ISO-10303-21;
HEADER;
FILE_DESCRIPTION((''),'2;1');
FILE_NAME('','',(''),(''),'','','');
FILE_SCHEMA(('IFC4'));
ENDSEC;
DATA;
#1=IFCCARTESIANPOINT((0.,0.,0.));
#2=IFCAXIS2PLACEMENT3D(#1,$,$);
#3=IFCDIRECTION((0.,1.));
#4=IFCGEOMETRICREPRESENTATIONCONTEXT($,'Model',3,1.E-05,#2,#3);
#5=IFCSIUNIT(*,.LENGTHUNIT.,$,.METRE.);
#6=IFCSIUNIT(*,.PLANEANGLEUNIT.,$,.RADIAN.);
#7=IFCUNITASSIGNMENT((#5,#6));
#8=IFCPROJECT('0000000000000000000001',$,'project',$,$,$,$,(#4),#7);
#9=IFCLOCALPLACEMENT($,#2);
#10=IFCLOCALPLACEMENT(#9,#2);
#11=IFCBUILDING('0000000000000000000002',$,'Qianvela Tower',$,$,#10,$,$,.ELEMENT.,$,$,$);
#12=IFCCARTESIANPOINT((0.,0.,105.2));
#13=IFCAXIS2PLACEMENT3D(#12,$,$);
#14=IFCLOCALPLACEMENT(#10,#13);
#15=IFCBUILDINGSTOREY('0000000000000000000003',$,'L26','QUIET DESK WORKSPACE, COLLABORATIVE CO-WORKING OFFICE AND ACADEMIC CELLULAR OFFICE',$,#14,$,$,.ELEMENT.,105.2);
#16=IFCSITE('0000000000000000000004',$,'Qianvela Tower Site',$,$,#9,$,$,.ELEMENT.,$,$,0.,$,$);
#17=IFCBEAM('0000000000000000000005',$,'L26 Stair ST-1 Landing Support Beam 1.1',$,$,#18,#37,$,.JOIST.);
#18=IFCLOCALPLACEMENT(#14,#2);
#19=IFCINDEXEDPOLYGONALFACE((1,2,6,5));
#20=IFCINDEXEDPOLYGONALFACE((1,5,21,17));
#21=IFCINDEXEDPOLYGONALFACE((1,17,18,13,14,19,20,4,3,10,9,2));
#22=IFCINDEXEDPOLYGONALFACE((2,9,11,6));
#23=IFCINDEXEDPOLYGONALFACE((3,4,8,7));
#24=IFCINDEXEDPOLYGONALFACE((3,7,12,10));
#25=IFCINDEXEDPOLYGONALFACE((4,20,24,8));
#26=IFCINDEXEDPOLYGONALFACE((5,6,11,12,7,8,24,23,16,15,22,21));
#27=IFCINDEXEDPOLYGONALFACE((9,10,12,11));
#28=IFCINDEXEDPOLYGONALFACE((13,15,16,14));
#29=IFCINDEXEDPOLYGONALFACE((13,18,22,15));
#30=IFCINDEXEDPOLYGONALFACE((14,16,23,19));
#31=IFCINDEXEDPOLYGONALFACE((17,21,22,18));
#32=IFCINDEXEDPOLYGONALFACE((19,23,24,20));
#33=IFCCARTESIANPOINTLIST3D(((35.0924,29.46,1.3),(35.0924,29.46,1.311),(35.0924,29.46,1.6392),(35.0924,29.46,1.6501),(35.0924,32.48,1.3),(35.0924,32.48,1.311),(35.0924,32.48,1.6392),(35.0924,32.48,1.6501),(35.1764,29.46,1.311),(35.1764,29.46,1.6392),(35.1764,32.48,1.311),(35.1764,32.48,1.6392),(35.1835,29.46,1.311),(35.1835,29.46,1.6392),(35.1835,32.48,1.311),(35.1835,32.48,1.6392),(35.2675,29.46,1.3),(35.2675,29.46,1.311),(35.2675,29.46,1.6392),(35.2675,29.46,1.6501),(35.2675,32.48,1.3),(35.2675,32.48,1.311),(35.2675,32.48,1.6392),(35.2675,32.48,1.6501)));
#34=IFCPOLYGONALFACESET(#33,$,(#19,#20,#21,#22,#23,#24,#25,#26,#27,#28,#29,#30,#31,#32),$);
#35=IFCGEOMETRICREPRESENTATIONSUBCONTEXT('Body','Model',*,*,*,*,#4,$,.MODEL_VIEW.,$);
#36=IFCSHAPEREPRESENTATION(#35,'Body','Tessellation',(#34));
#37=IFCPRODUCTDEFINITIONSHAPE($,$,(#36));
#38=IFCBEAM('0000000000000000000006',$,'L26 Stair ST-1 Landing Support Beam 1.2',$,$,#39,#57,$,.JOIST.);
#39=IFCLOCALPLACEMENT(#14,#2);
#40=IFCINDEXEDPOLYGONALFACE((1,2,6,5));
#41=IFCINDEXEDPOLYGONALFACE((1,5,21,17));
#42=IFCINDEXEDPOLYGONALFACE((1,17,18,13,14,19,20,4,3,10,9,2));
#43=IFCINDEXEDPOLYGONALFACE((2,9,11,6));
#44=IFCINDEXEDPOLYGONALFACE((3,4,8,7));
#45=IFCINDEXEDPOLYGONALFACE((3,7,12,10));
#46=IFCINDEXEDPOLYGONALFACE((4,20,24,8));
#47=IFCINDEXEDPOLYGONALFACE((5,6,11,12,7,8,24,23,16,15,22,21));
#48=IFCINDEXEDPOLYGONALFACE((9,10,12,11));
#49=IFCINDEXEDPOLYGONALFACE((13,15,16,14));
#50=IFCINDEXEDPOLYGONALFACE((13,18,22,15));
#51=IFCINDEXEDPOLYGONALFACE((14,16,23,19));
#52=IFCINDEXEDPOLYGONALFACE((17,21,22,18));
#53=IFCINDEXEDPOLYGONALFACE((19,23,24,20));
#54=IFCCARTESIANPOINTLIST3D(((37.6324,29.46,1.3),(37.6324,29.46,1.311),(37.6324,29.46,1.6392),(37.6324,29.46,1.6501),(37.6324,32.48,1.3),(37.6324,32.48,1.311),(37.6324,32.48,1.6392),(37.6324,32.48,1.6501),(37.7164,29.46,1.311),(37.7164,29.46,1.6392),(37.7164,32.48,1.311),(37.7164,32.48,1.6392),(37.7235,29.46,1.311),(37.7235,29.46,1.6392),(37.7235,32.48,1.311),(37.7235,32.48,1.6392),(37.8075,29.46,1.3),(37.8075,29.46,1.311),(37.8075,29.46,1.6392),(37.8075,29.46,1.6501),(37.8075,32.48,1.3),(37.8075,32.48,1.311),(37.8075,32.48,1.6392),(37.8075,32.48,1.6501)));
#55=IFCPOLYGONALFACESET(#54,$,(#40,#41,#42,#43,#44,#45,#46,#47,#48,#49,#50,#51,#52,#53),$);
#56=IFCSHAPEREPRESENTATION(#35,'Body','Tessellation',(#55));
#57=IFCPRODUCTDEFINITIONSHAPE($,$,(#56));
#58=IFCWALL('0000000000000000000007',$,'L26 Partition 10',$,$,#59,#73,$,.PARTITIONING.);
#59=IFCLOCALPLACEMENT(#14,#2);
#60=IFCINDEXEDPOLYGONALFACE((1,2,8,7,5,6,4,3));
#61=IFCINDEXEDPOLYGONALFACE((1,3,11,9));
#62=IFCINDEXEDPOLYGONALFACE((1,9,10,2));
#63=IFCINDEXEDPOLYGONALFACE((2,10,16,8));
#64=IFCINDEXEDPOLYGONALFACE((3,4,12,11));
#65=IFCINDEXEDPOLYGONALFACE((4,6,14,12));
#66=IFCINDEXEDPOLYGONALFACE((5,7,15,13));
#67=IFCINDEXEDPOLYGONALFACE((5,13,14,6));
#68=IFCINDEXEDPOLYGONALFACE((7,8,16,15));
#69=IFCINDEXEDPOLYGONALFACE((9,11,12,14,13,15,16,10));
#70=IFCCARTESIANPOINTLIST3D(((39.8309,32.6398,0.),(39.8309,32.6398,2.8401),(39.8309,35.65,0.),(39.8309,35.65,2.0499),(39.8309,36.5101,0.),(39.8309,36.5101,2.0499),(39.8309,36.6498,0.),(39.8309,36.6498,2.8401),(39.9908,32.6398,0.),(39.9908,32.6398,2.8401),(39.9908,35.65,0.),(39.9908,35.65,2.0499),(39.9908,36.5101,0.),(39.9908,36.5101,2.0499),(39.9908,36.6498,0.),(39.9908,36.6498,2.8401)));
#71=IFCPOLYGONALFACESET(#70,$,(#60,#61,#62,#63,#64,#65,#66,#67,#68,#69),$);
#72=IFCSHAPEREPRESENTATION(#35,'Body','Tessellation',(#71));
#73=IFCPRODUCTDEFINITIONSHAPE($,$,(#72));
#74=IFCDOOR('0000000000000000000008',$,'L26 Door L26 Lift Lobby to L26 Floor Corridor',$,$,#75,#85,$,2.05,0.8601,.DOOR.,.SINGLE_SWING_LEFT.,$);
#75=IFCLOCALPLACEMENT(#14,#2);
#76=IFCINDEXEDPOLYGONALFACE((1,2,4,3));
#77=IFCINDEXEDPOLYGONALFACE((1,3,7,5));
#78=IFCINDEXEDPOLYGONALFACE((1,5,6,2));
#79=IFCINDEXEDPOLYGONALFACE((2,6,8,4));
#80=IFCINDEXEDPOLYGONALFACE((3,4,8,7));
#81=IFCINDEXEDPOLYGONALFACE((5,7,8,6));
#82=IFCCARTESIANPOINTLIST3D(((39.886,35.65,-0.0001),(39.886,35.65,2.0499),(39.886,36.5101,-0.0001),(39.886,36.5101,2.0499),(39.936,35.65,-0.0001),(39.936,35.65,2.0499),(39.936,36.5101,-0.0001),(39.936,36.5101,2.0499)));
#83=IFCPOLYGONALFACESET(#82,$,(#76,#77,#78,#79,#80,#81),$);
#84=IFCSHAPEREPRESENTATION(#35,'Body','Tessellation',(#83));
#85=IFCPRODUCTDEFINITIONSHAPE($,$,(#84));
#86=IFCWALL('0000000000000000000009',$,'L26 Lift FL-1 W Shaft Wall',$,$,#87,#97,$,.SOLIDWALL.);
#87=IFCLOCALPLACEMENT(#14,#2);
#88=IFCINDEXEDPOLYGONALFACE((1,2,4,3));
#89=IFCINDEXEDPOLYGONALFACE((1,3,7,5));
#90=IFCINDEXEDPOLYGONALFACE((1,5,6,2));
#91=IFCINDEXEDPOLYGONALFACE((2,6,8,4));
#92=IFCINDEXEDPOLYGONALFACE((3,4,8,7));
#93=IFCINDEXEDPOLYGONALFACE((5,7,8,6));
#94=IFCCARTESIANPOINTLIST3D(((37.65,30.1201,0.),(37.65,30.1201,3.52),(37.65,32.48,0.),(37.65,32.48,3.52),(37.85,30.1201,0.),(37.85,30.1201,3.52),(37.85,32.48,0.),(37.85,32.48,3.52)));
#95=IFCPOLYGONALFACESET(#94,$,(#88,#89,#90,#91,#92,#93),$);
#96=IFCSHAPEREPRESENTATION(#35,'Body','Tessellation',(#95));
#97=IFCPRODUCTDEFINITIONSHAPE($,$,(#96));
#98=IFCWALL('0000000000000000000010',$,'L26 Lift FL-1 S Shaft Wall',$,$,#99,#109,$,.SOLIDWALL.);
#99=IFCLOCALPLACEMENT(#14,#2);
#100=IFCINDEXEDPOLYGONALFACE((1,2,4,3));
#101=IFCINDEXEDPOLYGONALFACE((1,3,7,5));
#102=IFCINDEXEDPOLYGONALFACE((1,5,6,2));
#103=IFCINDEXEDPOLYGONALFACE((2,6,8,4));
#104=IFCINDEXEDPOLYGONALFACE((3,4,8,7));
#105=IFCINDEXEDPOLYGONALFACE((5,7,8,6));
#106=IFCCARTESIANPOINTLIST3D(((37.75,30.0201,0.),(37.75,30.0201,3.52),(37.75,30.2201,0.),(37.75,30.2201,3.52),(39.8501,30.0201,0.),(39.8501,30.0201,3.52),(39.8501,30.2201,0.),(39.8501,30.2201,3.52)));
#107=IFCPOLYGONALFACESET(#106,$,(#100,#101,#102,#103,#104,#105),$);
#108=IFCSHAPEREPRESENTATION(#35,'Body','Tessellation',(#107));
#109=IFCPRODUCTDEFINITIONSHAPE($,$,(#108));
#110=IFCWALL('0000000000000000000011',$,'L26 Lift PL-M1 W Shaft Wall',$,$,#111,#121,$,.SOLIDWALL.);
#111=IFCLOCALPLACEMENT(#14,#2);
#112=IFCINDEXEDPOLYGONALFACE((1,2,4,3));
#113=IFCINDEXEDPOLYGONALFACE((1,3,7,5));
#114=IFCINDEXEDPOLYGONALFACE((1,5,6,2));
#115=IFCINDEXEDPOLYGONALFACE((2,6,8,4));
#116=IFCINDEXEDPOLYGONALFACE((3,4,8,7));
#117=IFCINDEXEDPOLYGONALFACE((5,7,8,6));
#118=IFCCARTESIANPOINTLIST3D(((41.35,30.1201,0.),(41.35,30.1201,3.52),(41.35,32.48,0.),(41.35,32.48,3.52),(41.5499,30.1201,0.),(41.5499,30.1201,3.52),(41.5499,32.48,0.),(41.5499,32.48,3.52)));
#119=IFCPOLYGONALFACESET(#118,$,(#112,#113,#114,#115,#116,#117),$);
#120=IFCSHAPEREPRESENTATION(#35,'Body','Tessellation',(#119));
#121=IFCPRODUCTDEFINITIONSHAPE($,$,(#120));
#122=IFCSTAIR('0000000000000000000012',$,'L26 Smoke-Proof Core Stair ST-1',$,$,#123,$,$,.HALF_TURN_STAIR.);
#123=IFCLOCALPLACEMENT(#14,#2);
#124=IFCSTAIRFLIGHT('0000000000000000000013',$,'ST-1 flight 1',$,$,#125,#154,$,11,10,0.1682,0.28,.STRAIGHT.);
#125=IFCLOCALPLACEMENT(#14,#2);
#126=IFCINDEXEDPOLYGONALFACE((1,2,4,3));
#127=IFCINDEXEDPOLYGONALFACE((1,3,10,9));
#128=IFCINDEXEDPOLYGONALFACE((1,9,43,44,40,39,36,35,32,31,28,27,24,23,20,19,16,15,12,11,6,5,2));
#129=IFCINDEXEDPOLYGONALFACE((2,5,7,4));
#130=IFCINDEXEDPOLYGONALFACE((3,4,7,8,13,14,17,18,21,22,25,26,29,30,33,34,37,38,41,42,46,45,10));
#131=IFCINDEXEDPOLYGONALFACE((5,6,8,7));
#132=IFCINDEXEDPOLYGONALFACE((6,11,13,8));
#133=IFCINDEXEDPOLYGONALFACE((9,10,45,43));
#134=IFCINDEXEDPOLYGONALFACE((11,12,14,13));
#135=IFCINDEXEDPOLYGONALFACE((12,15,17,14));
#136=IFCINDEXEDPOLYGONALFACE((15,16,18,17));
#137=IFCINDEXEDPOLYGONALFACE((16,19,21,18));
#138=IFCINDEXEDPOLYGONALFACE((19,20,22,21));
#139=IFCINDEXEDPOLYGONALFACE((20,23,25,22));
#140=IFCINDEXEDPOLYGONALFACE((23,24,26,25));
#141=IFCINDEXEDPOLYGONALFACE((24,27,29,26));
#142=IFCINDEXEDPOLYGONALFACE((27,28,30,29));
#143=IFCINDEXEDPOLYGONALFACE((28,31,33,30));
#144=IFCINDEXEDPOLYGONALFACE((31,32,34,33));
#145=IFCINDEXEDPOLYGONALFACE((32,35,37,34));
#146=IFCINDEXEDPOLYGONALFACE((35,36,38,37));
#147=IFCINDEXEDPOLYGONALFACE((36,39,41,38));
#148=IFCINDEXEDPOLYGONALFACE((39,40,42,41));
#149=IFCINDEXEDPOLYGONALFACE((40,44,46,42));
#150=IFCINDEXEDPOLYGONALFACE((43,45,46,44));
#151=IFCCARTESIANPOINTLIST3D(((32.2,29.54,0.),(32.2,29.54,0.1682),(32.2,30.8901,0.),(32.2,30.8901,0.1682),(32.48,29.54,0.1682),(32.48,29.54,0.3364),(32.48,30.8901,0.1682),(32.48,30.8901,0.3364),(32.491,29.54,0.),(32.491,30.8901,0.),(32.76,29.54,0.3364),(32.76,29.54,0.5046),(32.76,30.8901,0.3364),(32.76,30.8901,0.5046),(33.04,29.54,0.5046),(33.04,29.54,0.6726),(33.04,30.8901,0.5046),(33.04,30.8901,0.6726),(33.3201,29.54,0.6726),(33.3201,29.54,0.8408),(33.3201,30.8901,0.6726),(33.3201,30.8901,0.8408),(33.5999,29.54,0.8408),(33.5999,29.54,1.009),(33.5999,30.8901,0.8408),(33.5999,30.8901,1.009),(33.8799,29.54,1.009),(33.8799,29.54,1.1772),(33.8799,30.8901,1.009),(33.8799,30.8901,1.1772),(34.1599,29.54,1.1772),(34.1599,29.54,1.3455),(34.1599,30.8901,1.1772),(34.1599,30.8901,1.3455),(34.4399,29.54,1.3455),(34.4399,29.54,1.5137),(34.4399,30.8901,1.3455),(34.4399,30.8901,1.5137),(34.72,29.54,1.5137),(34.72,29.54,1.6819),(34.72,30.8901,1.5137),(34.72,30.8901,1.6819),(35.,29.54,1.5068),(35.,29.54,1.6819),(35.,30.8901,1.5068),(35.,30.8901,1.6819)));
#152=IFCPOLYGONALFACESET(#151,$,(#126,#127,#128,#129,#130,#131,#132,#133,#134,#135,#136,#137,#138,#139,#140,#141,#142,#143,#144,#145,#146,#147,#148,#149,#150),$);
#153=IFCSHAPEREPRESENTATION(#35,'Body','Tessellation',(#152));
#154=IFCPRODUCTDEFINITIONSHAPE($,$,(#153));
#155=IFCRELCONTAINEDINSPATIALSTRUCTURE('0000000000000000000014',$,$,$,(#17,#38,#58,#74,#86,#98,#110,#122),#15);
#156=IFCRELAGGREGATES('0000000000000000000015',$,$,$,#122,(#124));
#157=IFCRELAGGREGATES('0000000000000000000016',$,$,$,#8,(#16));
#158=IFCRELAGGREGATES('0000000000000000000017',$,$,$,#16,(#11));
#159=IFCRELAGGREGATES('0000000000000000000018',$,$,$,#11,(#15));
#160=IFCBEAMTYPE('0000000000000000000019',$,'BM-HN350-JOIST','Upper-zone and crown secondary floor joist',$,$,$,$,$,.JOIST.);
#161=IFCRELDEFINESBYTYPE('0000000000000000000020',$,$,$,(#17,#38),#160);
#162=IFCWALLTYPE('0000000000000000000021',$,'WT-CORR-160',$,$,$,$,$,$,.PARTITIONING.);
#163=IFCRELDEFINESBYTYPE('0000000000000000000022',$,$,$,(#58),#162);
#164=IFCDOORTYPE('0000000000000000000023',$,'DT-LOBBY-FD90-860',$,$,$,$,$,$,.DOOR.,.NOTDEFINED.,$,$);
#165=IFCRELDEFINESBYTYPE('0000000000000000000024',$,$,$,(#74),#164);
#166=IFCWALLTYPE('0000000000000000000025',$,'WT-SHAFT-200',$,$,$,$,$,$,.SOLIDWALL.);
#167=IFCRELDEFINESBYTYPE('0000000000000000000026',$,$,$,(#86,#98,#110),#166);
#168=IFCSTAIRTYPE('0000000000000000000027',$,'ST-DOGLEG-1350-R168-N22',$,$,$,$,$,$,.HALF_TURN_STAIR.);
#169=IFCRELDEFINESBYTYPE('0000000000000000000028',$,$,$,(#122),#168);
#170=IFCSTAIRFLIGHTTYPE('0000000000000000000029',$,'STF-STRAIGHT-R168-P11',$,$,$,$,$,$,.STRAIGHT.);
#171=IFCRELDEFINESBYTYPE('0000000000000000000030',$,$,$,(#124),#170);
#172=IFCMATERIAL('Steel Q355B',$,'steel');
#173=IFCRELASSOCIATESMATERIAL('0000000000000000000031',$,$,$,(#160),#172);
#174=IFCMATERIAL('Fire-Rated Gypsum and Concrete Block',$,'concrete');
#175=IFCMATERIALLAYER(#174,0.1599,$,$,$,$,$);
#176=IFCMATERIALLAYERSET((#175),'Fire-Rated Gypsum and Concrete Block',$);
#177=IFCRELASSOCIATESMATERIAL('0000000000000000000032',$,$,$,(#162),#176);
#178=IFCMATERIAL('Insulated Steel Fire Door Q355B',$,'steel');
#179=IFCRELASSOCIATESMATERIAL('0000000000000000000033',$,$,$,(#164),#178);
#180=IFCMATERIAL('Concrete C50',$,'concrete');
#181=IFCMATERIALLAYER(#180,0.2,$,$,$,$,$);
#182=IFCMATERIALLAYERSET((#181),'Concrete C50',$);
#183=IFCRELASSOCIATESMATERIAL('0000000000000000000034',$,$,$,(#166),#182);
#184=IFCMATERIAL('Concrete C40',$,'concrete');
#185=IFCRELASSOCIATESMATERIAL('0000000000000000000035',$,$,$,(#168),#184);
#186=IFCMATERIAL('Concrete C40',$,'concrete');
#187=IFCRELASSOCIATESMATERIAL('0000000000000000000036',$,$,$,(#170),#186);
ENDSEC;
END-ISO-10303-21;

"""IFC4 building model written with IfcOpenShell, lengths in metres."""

from ifc_helpers import new_model, si_unit, direction, frame, frame_2d, origin, origin_2d, place, context, subcontext, project, spatial, polyline, rectangle, i_section, outline, extrude, material, layer, layer_set, material_profile, profile_set, type_object, element, fill, aggregate, save


model = new_model("IFC4")

# Units and contexts
model_context = context("Model", 3, precision=1e-05, world=origin(), true_north=direction((0.0, 1.0)))
body_context = subcontext(model_context, "Body", "Model", "MODEL_VIEW")
ifc_project = project(units=[si_unit("LENGTHUNIT", "METRE"), si_unit("PLANEANGLEUNIT", "RADIAN")], contexts=[model_context])

# Site, building, storey
site_placement = place(None, origin())
site = spatial("IfcSite", under=ifc_project, at=site_placement, Name="Qianvela Tower Site", CompositionType="ELEMENT", RefElevation=0.0)
building_placement = place(site_placement, origin())
building = spatial("IfcBuilding", under=site, at=building_placement, Name="Qianvela Tower", CompositionType="ELEMENT")
storey_placement = place(building_placement, frame((0.0, 0.0, 105.2)))
storey = spatial("IfcBuildingStorey", under=building, at=storey_placement, Name="L26", Description="QUIET DESK WORKSPACE, COLLABORATIVE CO-WORKING OFFICE AND ACADEMIC CELLULAR OFFICE", CompositionType="ELEMENT", Elevation=105.2)

# Beams
ifc_material_1 = material(Name="Steel Q355B", Category="steel")
ifc_material_profile = material_profile(ifc_material_1, i_section(OverallWidth=0.175, OverallDepth=0.3501, WebThickness=0.0071, FlangeThickness=0.011, at=origin_2d()), Name="HN350x175x7x11")
ifc_profile_set = profile_set([ifc_material_profile], Name="Steel Q355B")
beam_type = type_object("IfcBeamType", Name="BM-HN350-JOIST", Description="Upper-zone and crown secondary floor joist", PredefinedType="JOIST", material=ifc_profile_set)
for number, where, z_axis, x_axis, name in (
    (1, (35.1799, 29.46, 1.4751), (0.0, 1.0, 0.0), (-1.0, 0.0, 0.0), "L26 Stair ST-1 Landing Support Beam 1.1"),
    (2, (37.72, 29.46, 1.4751), (0.0, 1.0, 0.0), (-1.0, 0.0, 0.0), "L26 Stair ST-1 Landing Support Beam 1.2"),
):
    element("IfcBeam", number, at=place(storey_placement, frame(where, z_axis=z_axis, x_axis=x_axis)), inside=storey, type_object=beam_type, Name=name, PredefinedType="JOIST", context=body_context, shape_type="SweptSolid", body=[
        extrude(i_section(OverallWidth=0.175, OverallDepth=0.3501, WebThickness=0.0071, FlangeThickness=0.011, at=origin_2d()), origin(), (0.0, 0.0, 1.0), 3.02),
    ])

# Wall, opening, door
ifc_material_2 = material(Name="Fire-Rated Gypsum and Concrete Block", Category="concrete")
ifc_layer_1 = layer(ifc_material_2, 0.1599)
ifc_layer_set_1 = layer_set([ifc_layer_1], Name="Fire-Rated Gypsum and Concrete Block")
wall_type_1 = type_object("IfcWallType", Name="WT-CORR-160", PredefinedType="PARTITIONING", material=ifc_layer_set_1)
wall_1_placement = place(storey_placement, frame((39.9109, 32.6399, 0.0), z_axis=(0.0, 0.0, 1.0), x_axis=(0.0, 1.0, 0.0)))
wall_1 = element("IfcWall", 3, at=wall_1_placement, inside=storey, type_object=wall_type_1, Name="L26 Partition 10", PredefinedType="PARTITIONING", context=body_context, shape_type="SweptSolid", body=[
    extrude(rectangle(XDim=4.01, YDim=0.1599, at=frame_2d((2.0049, 0.0))), origin(), (0.0, 0.0, 1.0), 2.8401),
])
opening_1_placement = place(wall_1_placement, frame((3.01, 0.0, 0.0)))
opening_1 = element("IfcOpeningElement", 4, at=opening_1_placement, cuts=wall_1, PredefinedType="OPENING", context=body_context, shape_type="SweptSolid", body=[
    extrude(rectangle(XDim=0.8601, YDim=2.05, at=frame_2d((0.4302, 1.0249))), frame((0.0, 0.0898, 0.0), z_axis=(0.0, -1.0, 0.0), x_axis=(1.0, 0.0, 0.0)), (0.0, 0.0, 1.0), 0.1799),
])
ifc_material_3 = material(Name="Insulated Steel Fire Door Q355B", Category="steel")
door_type_1 = type_object("IfcDoorType", Name="DT-LOBBY-FD90-860", OperationType="NOTDEFINED", PredefinedType="DOOR", material=ifc_material_3)
door_1_placement = place(opening_1_placement, origin())
door_1 = element("IfcDoor", 5, at=door_1_placement, inside=storey, type_object=door_type_1, Name="L26 Door L26 Lift Lobby to L26 Floor Corridor", OperationType="SINGLE_SWING_LEFT", OverallHeight=2.05, OverallWidth=0.8601, PredefinedType="DOOR", context=body_context, shape_type="SweptSolid", body=[
    extrude(rectangle(XDim=0.8601, YDim=2.05, at=frame_2d((0.4302, 1.0249))), frame((0.0, 0.0249, 0.0), z_axis=(0.0, -1.0, 0.0), x_axis=(1.0, 0.0, 0.0)), (0.0, 0.0, 1.0), 0.05),
])
fill(opening_1, door_1)
ifc_material_4 = material(Name="Concrete C50", Category="concrete")
ifc_layer_2 = layer(ifc_material_4, 0.2)
ifc_layer_set_2 = layer_set([ifc_layer_2], Name="Concrete C50")
wall_type_2 = type_object("IfcWallType", Name="WT-SHAFT-200", PredefinedType="SOLIDWALL", material=ifc_layer_set_2)

# Walls
wall_2_placement = place(storey_placement, frame((37.75, 30.1201, 0.0), z_axis=(0.0, 0.0, 1.0), x_axis=(0.0, 1.0, 0.0)))
element("IfcWall", 6, at=wall_2_placement, inside=storey, type_object=wall_type_2, Name="L26 Lift FL-1 W Shaft Wall", PredefinedType="SOLIDWALL", context=body_context, shape_type="SweptSolid", body=[
    extrude(rectangle(XDim=2.3599, YDim=0.2, at=frame_2d((1.1799, 0.0))), origin(), (0.0, 0.0, 1.0), 3.52),
])
wall_3_placement = place(storey_placement, frame((37.75, 30.1201, 0.0), z_axis=(0.0, 0.0, 1.0), x_axis=(1.0, 0.0, 0.0)))
element("IfcWall", 7, at=wall_3_placement, inside=storey, type_object=wall_type_2, Name="L26 Lift FL-1 S Shaft Wall", PredefinedType="SOLIDWALL", context=body_context, shape_type="SweptSolid", body=[
    extrude(rectangle(XDim=2.1001, YDim=0.2, at=frame_2d((1.05, 0.0))), origin(), (0.0, 0.0, 1.0), 3.52),
])
wall_4_placement = place(storey_placement, frame((41.45, 30.1201, 0.0), z_axis=(0.0, 0.0, 1.0), x_axis=(0.0, 1.0, 0.0)))
element("IfcWall", 8, at=wall_4_placement, inside=storey, type_object=wall_type_2, Name="L26 Lift PL-M1 W Shaft Wall", PredefinedType="SOLIDWALL", context=body_context, shape_type="SweptSolid", body=[
    extrude(rectangle(XDim=2.3599, YDim=0.2, at=frame_2d((1.1799, 0.0))), origin(), (0.0, 0.0, 1.0), 3.52),
])

# Stair, stair flight
ifc_material_5 = material(Name="Concrete C40", Category="concrete")
stair_type = type_object("IfcStairType", Name="ST-DOGLEG-1350-R168-N22", PredefinedType="HALF_TURN_STAIR", material=ifc_material_5)
stair_placement = place(storey_placement, origin())
stair = element("IfcStair", 9, at=stair_placement, inside=storey, type_object=stair_type, Name="L26 Smoke-Proof Core Stair ST-1", PredefinedType="HALF_TURN_STAIR")
ifc_material_6 = material(Name="Concrete C40", Category="concrete")
stair_flight_type = type_object("IfcStairFlightType", Name="STF-STRAIGHT-R168-P11", PredefinedType="STRAIGHT", material=ifc_material_6)
stair_flight_1_placement = place(storey_placement, frame((32.2, 30.2151, 0.0), z_axis=(0.0, 0.0, 1.0), x_axis=(1.0, 0.0, 0.0)))
stair_flight_1 = element("IfcStairFlight", 10, at=stair_flight_1_placement, type_object=stair_flight_type, Name="ST-1 flight 1", NumberOfRisers=11, NumberOfTreads=10, PredefinedType="STRAIGHT", RiserHeight=0.1682, TreadLength=0.28, context=body_context, shape_type="SweptSolid", body=[
    extrude(outline(polyline([(0.0, 0.0), (0.0, 0.1682), (0.28, 0.1682), (0.28, 0.3364), (0.5601, 0.3364), (0.5601, 0.5046), (0.8401, 0.5046), (0.8401, 0.6726), (1.1201, 0.6726), (1.1201, 0.8408), (1.3999, 0.8408), (1.3999, 1.009), (1.6799, 1.009), (1.6799, 1.1772), (1.96, 1.1772), (1.96, 1.3455), (2.24, 1.3455), (2.24, 1.5137), (2.52, 1.5137), (2.52, 1.6819), (2.8, 1.6819), (2.8, 1.8501), (2.8, 1.5068), (0.291, 0.0), (0.0, 0.0)])), frame((0.0, 0.675, 0.0), z_axis=(0.0, -1.0, 0.0), x_axis=(1.0, 0.0, 0.0)), (0.0, 0.0, 1.0), 1.3501),
])
aggregate(stair, [stair_flight_1])

save(model, "model.ifc")
